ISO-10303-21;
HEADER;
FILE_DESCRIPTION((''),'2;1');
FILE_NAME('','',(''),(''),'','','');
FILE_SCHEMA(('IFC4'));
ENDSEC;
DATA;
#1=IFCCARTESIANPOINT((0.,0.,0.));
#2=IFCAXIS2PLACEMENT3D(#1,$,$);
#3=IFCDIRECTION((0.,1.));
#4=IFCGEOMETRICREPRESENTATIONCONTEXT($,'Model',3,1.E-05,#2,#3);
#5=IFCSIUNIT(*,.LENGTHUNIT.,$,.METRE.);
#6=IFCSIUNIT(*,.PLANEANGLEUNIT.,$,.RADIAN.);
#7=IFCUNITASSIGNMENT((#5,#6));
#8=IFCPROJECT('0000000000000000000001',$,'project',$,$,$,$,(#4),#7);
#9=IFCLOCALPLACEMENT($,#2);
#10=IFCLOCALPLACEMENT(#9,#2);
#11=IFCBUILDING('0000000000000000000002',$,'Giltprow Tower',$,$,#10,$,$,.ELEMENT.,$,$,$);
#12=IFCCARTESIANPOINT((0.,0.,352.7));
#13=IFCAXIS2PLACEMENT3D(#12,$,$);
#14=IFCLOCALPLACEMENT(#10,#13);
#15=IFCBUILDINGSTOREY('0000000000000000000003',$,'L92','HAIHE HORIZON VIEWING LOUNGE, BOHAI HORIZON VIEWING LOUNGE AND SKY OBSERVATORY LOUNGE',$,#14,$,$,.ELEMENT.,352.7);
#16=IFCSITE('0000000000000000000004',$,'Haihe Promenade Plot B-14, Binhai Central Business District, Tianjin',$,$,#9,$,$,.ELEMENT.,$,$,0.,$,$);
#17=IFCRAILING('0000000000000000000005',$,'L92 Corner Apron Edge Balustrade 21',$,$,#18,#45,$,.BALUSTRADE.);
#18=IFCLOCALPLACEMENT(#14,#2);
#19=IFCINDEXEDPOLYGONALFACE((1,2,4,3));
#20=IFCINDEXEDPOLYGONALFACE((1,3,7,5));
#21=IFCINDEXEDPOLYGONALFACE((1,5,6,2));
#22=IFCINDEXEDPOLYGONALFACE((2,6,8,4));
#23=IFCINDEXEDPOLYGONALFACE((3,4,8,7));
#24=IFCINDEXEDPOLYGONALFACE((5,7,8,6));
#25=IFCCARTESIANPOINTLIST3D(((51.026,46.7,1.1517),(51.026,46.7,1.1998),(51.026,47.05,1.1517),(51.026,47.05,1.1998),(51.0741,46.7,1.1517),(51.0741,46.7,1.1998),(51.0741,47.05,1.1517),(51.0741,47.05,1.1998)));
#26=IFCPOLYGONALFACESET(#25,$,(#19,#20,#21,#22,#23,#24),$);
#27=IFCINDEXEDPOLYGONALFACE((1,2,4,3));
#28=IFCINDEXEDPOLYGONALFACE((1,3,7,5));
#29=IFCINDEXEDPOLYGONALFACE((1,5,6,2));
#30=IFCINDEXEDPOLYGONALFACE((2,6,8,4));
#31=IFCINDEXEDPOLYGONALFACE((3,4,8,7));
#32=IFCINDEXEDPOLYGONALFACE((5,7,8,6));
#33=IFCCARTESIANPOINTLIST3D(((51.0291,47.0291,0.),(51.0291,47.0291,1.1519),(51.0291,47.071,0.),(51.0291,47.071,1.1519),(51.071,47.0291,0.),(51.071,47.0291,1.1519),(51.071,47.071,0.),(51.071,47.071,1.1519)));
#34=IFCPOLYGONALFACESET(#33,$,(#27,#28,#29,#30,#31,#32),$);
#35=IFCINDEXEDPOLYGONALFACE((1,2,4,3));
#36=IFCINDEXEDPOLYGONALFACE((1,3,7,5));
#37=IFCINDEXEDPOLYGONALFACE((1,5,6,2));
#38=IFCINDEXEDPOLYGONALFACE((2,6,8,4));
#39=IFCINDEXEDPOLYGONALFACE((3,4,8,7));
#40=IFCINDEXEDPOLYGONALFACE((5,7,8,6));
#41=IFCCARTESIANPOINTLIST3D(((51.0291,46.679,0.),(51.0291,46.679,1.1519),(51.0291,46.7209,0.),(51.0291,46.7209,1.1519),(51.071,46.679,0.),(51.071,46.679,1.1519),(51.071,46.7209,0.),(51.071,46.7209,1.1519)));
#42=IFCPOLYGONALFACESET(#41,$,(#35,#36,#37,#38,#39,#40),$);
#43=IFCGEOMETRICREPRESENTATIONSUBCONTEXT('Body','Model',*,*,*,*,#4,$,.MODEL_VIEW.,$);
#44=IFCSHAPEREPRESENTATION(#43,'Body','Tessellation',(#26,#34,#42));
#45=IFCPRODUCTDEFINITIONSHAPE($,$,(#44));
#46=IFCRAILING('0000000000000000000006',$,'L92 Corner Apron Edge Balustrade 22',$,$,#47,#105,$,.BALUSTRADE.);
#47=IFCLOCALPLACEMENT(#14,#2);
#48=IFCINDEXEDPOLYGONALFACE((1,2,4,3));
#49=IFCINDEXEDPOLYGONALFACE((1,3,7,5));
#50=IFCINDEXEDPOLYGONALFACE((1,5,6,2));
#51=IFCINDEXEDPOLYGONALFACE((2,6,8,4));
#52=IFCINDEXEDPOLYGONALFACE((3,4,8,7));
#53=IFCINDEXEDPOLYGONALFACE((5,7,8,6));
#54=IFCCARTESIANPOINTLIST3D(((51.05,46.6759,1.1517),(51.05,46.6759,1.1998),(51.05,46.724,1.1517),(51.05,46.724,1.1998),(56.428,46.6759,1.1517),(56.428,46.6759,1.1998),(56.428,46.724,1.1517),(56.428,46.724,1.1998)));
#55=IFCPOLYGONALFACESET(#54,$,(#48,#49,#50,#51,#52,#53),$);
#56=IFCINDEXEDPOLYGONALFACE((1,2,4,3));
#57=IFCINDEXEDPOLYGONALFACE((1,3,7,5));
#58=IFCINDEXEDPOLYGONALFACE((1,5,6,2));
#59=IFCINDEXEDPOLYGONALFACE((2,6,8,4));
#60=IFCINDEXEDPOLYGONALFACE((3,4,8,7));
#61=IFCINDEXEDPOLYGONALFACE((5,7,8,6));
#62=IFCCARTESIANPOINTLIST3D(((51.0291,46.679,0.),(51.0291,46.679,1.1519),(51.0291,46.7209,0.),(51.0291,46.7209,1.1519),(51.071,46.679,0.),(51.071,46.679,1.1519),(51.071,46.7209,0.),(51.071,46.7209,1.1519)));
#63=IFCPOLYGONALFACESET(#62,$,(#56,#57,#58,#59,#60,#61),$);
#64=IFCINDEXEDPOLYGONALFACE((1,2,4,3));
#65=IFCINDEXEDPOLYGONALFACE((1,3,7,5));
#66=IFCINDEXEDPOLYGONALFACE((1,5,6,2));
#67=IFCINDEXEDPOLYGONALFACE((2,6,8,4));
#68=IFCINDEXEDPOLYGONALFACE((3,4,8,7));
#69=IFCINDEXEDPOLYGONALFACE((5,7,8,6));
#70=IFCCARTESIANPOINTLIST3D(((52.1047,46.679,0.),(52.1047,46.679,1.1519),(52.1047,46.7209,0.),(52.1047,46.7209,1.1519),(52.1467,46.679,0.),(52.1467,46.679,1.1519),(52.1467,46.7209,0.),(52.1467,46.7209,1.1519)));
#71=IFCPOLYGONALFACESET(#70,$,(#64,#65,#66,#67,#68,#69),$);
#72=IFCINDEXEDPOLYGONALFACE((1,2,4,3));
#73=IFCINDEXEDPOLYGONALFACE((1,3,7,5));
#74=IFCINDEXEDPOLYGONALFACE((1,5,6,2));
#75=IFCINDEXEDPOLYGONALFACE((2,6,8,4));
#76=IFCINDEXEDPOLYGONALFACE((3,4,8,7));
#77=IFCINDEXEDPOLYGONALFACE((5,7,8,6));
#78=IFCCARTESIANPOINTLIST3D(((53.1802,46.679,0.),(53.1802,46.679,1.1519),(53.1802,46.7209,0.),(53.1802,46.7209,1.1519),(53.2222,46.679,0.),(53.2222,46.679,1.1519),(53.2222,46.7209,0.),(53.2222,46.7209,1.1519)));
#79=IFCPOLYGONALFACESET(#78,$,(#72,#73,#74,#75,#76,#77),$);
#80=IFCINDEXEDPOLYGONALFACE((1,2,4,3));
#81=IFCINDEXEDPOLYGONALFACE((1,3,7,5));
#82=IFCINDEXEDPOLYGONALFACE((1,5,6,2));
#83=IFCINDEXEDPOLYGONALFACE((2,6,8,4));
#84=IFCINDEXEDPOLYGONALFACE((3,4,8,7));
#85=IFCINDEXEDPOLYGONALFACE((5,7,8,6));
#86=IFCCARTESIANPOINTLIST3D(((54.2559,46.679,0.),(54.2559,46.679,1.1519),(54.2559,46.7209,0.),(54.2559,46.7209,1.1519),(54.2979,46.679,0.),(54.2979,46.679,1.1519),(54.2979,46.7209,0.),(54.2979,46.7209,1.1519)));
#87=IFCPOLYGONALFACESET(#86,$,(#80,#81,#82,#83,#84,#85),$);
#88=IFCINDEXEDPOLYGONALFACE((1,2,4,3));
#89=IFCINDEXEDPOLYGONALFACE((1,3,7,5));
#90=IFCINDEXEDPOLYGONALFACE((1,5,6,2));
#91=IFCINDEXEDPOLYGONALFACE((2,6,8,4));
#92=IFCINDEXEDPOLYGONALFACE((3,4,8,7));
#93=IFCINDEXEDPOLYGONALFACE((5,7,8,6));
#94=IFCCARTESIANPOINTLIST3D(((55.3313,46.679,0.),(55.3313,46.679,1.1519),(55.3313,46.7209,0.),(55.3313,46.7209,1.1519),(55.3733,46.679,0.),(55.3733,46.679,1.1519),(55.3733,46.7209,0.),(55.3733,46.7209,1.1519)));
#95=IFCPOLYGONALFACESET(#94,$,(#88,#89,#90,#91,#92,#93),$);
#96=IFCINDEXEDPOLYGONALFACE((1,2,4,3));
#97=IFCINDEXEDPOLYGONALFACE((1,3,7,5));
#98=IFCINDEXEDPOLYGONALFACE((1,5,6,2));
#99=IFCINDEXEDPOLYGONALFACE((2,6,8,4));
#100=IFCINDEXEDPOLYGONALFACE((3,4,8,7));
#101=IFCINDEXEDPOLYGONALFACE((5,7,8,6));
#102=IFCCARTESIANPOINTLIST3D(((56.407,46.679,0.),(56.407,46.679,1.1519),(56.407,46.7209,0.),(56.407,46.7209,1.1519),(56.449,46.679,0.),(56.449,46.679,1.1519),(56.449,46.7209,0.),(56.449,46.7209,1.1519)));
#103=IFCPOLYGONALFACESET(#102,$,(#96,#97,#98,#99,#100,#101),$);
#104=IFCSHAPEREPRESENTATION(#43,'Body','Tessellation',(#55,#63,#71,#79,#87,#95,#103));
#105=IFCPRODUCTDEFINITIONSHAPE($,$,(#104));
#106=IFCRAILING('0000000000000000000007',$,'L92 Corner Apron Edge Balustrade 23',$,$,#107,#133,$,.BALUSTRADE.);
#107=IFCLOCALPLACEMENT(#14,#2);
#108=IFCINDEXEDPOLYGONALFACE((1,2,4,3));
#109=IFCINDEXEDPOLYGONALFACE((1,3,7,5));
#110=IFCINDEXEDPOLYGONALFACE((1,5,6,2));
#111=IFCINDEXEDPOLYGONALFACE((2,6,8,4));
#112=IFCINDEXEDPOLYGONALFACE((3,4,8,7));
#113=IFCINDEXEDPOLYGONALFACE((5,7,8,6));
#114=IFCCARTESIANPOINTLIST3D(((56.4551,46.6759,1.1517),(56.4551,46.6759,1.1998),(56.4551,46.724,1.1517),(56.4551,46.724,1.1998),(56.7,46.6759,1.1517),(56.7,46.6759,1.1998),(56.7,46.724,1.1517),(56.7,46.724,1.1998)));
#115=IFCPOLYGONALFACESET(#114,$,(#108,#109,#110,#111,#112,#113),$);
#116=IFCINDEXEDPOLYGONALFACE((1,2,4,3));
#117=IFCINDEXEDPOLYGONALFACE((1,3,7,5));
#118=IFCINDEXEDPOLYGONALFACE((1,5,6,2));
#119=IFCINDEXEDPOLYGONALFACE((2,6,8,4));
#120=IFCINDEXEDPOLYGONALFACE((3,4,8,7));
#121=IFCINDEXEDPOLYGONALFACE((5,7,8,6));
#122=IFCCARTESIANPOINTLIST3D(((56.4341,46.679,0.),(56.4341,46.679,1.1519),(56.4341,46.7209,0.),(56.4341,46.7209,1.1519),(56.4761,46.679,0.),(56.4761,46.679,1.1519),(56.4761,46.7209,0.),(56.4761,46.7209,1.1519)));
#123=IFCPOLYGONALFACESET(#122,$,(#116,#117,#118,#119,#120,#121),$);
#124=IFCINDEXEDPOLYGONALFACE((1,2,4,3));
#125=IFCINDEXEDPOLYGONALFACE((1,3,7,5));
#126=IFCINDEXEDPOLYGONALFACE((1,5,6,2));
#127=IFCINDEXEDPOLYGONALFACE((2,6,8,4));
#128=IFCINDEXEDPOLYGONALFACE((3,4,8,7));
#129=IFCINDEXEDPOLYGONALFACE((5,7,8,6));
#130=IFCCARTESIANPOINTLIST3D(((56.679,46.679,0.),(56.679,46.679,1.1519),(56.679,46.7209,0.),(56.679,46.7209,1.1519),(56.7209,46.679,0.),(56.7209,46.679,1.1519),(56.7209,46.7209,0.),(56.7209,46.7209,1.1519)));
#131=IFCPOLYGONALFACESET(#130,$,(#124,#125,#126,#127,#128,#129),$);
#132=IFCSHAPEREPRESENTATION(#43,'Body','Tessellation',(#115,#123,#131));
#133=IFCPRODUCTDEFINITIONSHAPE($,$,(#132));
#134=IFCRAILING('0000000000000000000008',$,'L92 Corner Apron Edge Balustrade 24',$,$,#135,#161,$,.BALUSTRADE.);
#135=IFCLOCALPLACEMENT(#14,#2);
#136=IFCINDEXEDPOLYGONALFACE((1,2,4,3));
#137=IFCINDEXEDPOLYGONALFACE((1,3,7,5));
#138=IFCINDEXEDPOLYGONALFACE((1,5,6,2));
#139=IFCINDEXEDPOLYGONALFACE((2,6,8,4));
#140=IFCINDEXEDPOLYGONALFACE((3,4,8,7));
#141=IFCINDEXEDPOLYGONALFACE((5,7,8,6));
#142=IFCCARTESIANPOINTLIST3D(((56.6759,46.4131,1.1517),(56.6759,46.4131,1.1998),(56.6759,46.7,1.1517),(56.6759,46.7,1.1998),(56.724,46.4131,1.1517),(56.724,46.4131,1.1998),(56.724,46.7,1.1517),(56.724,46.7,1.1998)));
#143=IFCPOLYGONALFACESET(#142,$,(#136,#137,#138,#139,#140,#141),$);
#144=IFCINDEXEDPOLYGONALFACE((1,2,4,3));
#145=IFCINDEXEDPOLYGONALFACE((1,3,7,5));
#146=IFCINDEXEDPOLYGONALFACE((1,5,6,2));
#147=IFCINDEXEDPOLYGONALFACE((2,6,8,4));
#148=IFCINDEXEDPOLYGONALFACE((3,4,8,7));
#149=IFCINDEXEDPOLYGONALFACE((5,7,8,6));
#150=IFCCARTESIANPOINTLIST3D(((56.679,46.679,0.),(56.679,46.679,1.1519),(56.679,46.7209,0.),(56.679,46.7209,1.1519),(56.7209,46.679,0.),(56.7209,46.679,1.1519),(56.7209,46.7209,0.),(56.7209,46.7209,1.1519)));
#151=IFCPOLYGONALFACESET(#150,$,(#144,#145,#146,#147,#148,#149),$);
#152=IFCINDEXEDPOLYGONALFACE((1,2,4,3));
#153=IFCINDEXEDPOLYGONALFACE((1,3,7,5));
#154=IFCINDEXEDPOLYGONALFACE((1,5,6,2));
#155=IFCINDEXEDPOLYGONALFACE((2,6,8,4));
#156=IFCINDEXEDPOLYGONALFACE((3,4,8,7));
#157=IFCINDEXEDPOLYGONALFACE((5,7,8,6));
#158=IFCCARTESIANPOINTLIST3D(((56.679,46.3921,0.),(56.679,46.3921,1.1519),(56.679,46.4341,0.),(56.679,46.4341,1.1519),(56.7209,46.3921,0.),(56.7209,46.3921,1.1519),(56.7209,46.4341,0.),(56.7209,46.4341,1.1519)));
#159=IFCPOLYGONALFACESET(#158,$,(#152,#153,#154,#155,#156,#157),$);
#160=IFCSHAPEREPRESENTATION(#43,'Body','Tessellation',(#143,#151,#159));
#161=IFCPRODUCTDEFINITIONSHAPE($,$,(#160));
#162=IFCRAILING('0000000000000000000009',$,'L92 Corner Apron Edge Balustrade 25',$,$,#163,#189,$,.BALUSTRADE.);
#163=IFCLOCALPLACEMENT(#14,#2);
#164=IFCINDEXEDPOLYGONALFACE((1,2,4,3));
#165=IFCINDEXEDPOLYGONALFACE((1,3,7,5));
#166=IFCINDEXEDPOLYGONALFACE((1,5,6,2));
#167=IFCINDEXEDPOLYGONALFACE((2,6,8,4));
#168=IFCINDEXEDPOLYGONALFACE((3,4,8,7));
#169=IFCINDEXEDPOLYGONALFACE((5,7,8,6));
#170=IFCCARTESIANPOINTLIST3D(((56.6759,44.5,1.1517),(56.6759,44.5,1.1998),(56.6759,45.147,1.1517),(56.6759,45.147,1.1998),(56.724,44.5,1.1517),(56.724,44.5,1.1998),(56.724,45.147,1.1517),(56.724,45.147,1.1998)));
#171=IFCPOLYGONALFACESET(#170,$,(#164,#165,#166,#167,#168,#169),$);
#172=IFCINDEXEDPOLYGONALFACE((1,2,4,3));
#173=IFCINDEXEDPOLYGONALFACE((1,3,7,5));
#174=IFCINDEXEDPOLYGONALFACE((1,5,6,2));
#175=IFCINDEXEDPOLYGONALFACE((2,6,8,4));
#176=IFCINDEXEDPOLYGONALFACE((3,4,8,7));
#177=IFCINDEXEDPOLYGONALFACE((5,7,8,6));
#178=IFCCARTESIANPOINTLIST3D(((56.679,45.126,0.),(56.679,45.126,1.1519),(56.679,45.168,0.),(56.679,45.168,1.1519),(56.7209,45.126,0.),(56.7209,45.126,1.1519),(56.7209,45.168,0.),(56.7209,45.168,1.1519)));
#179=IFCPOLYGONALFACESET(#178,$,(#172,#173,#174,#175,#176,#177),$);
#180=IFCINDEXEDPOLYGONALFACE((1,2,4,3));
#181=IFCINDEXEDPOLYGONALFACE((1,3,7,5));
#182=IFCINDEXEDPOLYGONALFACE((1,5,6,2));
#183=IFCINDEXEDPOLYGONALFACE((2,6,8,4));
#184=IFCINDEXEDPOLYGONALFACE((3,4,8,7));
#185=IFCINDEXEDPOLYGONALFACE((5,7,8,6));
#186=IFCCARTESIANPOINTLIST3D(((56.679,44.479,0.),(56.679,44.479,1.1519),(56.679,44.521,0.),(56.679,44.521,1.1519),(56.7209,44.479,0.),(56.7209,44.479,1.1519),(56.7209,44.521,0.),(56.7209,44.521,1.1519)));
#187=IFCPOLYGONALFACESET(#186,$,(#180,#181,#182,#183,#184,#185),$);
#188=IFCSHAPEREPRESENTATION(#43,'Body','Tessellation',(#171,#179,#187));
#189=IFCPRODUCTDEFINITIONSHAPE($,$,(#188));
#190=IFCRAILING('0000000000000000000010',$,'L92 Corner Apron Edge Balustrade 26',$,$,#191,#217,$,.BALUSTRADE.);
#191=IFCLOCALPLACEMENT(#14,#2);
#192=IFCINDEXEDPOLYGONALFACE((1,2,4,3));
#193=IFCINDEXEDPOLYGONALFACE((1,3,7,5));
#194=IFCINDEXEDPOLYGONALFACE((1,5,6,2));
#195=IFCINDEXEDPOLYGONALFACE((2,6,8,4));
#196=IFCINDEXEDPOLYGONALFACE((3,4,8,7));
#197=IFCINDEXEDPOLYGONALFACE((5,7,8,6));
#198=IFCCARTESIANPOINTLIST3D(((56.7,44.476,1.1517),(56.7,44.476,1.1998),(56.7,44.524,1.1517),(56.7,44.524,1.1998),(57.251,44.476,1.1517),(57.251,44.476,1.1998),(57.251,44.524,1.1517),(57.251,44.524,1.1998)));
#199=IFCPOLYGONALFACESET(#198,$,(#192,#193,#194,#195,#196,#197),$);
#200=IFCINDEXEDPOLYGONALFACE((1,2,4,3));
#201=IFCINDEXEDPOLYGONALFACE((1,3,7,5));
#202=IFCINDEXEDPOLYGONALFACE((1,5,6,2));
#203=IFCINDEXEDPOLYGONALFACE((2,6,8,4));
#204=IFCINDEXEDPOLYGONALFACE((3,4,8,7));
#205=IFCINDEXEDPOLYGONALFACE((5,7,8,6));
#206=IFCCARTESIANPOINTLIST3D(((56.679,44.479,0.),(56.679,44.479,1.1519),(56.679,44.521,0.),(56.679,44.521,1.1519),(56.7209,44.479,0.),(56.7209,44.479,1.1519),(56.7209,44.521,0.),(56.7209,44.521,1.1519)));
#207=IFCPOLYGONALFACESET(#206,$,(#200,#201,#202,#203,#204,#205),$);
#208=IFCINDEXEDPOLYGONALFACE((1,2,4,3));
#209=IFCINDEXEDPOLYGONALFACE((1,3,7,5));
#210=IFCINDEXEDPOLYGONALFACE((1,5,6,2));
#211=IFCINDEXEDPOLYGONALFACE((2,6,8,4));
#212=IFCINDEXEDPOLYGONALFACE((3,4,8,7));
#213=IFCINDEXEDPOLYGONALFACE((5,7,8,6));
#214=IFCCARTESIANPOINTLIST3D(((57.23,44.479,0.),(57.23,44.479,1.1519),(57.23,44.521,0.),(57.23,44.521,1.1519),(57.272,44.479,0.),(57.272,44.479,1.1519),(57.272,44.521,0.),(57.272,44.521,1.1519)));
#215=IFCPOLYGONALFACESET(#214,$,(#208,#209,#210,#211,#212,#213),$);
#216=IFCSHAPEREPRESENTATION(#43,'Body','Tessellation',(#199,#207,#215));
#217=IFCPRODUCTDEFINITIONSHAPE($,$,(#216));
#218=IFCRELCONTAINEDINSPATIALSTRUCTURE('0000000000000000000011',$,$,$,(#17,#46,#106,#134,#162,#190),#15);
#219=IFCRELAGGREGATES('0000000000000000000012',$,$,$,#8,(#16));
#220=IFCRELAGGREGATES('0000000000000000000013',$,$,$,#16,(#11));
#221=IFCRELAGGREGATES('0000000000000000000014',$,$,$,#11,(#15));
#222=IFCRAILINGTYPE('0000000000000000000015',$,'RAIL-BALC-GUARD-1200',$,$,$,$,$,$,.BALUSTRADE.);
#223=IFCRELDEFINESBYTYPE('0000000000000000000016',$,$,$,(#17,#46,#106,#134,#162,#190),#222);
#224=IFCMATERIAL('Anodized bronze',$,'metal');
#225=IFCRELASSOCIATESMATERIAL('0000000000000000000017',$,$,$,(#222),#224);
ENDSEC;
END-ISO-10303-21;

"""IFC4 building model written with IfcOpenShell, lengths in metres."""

from ifc_helpers import new_model, si_unit, direction, frame, origin, origin_2d, place, context, subcontext, project, spatial, rectangle, extrude, material, type_object, element, save


model = new_model("IFC4")

# Units and contexts
model_context = context("Model", 3, precision=1e-05, world=origin(), true_north=direction((0.0, 1.0)))
body_context = subcontext(model_context, "Body", "Model", "MODEL_VIEW")
ifc_project = project(units=[si_unit("LENGTHUNIT", "METRE"), si_unit("PLANEANGLEUNIT", "RADIAN")], contexts=[model_context])

# Site, building, storey
site_placement = place(None, origin())
site = spatial("IfcSite", under=ifc_project, at=site_placement, Name="Haihe Promenade Plot B-14, Binhai Central Business District, Tianjin", CompositionType="ELEMENT", RefElevation=0.0)
building_placement = place(site_placement, origin())
building = spatial("IfcBuilding", under=site, at=building_placement, Name="Giltprow Tower", CompositionType="ELEMENT")
storey_placement = place(building_placement, frame((0.0, 0.0, 352.7)))
storey = spatial("IfcBuildingStorey", under=building, at=storey_placement, Name="L92", Description="HAIHE HORIZON VIEWING LOUNGE, BOHAI HORIZON VIEWING LOUNGE AND SKY OBSERVATORY LOUNGE", CompositionType="ELEMENT", Elevation=352.7)

# Shared definitions
ifc_material_1 = material(Name="Anodized bronze", Category="metal")

# Railings
railing_type = type_object("IfcRailingType", Name="RAIL-BALC-GUARD-1200", PredefinedType="BALUSTRADE", material=ifc_material_1)
railing_1_placement = place(storey_placement, frame((51.05, 47.05, 0.0)))
element("IfcRailing", 1, at=railing_1_placement, inside=storey, type_object=railing_type, Name="L92 Corner Apron Edge Balustrade 21", PredefinedType="BALUSTRADE", context=body_context, shape_type="SweptSolid", body=[
    extrude(rectangle(XDim=0.0481, YDim=0.0481, at=origin_2d()), frame((0.0, 0.0, 1.1758), z_axis=(0.0, -1.0, 0.0), x_axis=(1.0, 0.0, 0.0)), (0.0, 0.0, 1.0), 0.3501),
    extrude(rectangle(XDim=0.042, YDim=0.042, at=origin_2d()), origin(), (0.0, 0.0, 1.0), 1.1519),
    extrude(rectangle(XDim=0.042, YDim=0.042, at=origin_2d()), frame((0.0, -0.3501, 0.0)), (0.0, 0.0, 1.0), 1.1519),
])
railing_2_placement = place(storey_placement, frame((51.05, 46.7, 0.0)))
element("IfcRailing", 2, at=railing_2_placement, inside=storey, type_object=railing_type, Name="L92 Corner Apron Edge Balustrade 22", PredefinedType="BALUSTRADE", context=body_context, shape_type="SweptSolid", body=[
    extrude(rectangle(XDim=0.0481, YDim=0.0481, at=origin_2d()), frame((0.0, 0.0, 1.1758), z_axis=(1.0, 0.0, 0.0), x_axis=(0.0, 1.0, 0.0)), (0.0, 0.0, 1.0), 5.3779),
    extrude(rectangle(XDim=0.042, YDim=0.042, at=origin_2d()), origin(), (0.0, 0.0, 1.0), 1.1519),
    extrude(rectangle(XDim=0.042, YDim=0.042, at=origin_2d()), frame((1.0757, 0.0, 0.0)), (0.0, 0.0, 1.0), 1.1519),
    extrude(rectangle(XDim=0.042, YDim=0.042, at=origin_2d()), frame((2.1511, 0.0, 0.0)), (0.0, 0.0, 1.0), 1.1519),
    extrude(rectangle(XDim=0.042, YDim=0.042, at=origin_2d()), frame((3.2268, 0.0, 0.0)), (0.0, 0.0, 1.0), 1.1519),
    extrude(rectangle(XDim=0.042, YDim=0.042, at=origin_2d()), frame((4.3022, 0.0, 0.0)), (0.0, 0.0, 1.0), 1.1519),
    extrude(rectangle(XDim=0.042, YDim=0.042, at=origin_2d()), frame((5.3779, 0.0, 0.0)), (0.0, 0.0, 1.0), 1.1519),
])
railing_3_placement = place(storey_placement, frame((56.4551, 46.7, 0.0)))
element("IfcRailing", 3, at=railing_3_placement, inside=storey, type_object=railing_type, Name="L92 Corner Apron Edge Balustrade 23", PredefinedType="BALUSTRADE", context=body_context, shape_type="SweptSolid", body=[
    extrude(rectangle(XDim=0.0481, YDim=0.0481, at=origin_2d()), frame((0.0, 0.0, 1.1758), z_axis=(1.0, 0.0, 0.0), x_axis=(0.0, 1.0, 0.0)), (0.0, 0.0, 1.0), 0.2449),
    extrude(rectangle(XDim=0.042, YDim=0.042, at=origin_2d()), origin(), (0.0, 0.0, 1.0), 1.1519),
    extrude(rectangle(XDim=0.042, YDim=0.042, at=origin_2d()), frame((0.2449, 0.0, 0.0)), (0.0, 0.0, 1.0), 1.1519),
])
railing_4_placement = place(storey_placement, frame((56.7, 46.7, 0.0)))
element("IfcRailing", 4, at=railing_4_placement, inside=storey, type_object=railing_type, Name="L92 Corner Apron Edge Balustrade 24", PredefinedType="BALUSTRADE", context=body_context, shape_type="SweptSolid", body=[
    extrude(rectangle(XDim=0.0481, YDim=0.0481, at=origin_2d()), frame((0.0, 0.0, 1.1758), z_axis=(0.0, -1.0, 0.0), x_axis=(1.0, 0.0, 0.0)), (0.0, 0.0, 1.0), 0.2869),
    extrude(rectangle(XDim=0.042, YDim=0.042, at=origin_2d()), origin(), (0.0, 0.0, 1.0), 1.1519),
    extrude(rectangle(XDim=0.042, YDim=0.042, at=origin_2d()), frame((0.0, -0.2869, 0.0)), (0.0, 0.0, 1.0), 1.1519),
])
railing_5_placement = place(storey_placement, frame((56.7, 45.147, 0.0)))
element("IfcRailing", 5, at=railing_5_placement, inside=storey, type_object=railing_type, Name="L92 Corner Apron Edge Balustrade 25", PredefinedType="BALUSTRADE", context=body_context, shape_type="SweptSolid", body=[
    extrude(rectangle(XDim=0.0481, YDim=0.0481, at=origin_2d()), frame((0.0, 0.0, 1.1758), z_axis=(0.0, -1.0, 0.0), x_axis=(1.0, 0.0, 0.0)), (0.0, 0.0, 1.0), 0.647),
    extrude(rectangle(XDim=0.042, YDim=0.042, at=origin_2d()), origin(), (0.0, 0.0, 1.0), 1.1519),
    extrude(rectangle(XDim=0.042, YDim=0.042, at=origin_2d()), frame((0.0, -0.647, 0.0)), (0.0, 0.0, 1.0), 1.1519),
])
railing_6_placement = place(storey_placement, frame((56.7, 44.5, 0.0)))
element("IfcRailing", 6, at=railing_6_placement, inside=storey, type_object=railing_type, Name="L92 Corner Apron Edge Balustrade 26", PredefinedType="BALUSTRADE", context=body_context, shape_type="SweptSolid", body=[
    extrude(rectangle(XDim=0.0481, YDim=0.0481, at=origin_2d()), frame((0.0, 0.0, 1.1758), z_axis=(1.0, 0.0, 0.0), x_axis=(0.0, 1.0, 0.0)), (0.0, 0.0, 1.0), 0.551),
    extrude(rectangle(XDim=0.042, YDim=0.042, at=origin_2d()), origin(), (0.0, 0.0, 1.0), 1.1519),
    extrude(rectangle(XDim=0.042, YDim=0.042, at=origin_2d()), frame((0.551, 0.0, 0.0)), (0.0, 0.0, 1.0), 1.1519),
])

save(model, "model.ifc")
